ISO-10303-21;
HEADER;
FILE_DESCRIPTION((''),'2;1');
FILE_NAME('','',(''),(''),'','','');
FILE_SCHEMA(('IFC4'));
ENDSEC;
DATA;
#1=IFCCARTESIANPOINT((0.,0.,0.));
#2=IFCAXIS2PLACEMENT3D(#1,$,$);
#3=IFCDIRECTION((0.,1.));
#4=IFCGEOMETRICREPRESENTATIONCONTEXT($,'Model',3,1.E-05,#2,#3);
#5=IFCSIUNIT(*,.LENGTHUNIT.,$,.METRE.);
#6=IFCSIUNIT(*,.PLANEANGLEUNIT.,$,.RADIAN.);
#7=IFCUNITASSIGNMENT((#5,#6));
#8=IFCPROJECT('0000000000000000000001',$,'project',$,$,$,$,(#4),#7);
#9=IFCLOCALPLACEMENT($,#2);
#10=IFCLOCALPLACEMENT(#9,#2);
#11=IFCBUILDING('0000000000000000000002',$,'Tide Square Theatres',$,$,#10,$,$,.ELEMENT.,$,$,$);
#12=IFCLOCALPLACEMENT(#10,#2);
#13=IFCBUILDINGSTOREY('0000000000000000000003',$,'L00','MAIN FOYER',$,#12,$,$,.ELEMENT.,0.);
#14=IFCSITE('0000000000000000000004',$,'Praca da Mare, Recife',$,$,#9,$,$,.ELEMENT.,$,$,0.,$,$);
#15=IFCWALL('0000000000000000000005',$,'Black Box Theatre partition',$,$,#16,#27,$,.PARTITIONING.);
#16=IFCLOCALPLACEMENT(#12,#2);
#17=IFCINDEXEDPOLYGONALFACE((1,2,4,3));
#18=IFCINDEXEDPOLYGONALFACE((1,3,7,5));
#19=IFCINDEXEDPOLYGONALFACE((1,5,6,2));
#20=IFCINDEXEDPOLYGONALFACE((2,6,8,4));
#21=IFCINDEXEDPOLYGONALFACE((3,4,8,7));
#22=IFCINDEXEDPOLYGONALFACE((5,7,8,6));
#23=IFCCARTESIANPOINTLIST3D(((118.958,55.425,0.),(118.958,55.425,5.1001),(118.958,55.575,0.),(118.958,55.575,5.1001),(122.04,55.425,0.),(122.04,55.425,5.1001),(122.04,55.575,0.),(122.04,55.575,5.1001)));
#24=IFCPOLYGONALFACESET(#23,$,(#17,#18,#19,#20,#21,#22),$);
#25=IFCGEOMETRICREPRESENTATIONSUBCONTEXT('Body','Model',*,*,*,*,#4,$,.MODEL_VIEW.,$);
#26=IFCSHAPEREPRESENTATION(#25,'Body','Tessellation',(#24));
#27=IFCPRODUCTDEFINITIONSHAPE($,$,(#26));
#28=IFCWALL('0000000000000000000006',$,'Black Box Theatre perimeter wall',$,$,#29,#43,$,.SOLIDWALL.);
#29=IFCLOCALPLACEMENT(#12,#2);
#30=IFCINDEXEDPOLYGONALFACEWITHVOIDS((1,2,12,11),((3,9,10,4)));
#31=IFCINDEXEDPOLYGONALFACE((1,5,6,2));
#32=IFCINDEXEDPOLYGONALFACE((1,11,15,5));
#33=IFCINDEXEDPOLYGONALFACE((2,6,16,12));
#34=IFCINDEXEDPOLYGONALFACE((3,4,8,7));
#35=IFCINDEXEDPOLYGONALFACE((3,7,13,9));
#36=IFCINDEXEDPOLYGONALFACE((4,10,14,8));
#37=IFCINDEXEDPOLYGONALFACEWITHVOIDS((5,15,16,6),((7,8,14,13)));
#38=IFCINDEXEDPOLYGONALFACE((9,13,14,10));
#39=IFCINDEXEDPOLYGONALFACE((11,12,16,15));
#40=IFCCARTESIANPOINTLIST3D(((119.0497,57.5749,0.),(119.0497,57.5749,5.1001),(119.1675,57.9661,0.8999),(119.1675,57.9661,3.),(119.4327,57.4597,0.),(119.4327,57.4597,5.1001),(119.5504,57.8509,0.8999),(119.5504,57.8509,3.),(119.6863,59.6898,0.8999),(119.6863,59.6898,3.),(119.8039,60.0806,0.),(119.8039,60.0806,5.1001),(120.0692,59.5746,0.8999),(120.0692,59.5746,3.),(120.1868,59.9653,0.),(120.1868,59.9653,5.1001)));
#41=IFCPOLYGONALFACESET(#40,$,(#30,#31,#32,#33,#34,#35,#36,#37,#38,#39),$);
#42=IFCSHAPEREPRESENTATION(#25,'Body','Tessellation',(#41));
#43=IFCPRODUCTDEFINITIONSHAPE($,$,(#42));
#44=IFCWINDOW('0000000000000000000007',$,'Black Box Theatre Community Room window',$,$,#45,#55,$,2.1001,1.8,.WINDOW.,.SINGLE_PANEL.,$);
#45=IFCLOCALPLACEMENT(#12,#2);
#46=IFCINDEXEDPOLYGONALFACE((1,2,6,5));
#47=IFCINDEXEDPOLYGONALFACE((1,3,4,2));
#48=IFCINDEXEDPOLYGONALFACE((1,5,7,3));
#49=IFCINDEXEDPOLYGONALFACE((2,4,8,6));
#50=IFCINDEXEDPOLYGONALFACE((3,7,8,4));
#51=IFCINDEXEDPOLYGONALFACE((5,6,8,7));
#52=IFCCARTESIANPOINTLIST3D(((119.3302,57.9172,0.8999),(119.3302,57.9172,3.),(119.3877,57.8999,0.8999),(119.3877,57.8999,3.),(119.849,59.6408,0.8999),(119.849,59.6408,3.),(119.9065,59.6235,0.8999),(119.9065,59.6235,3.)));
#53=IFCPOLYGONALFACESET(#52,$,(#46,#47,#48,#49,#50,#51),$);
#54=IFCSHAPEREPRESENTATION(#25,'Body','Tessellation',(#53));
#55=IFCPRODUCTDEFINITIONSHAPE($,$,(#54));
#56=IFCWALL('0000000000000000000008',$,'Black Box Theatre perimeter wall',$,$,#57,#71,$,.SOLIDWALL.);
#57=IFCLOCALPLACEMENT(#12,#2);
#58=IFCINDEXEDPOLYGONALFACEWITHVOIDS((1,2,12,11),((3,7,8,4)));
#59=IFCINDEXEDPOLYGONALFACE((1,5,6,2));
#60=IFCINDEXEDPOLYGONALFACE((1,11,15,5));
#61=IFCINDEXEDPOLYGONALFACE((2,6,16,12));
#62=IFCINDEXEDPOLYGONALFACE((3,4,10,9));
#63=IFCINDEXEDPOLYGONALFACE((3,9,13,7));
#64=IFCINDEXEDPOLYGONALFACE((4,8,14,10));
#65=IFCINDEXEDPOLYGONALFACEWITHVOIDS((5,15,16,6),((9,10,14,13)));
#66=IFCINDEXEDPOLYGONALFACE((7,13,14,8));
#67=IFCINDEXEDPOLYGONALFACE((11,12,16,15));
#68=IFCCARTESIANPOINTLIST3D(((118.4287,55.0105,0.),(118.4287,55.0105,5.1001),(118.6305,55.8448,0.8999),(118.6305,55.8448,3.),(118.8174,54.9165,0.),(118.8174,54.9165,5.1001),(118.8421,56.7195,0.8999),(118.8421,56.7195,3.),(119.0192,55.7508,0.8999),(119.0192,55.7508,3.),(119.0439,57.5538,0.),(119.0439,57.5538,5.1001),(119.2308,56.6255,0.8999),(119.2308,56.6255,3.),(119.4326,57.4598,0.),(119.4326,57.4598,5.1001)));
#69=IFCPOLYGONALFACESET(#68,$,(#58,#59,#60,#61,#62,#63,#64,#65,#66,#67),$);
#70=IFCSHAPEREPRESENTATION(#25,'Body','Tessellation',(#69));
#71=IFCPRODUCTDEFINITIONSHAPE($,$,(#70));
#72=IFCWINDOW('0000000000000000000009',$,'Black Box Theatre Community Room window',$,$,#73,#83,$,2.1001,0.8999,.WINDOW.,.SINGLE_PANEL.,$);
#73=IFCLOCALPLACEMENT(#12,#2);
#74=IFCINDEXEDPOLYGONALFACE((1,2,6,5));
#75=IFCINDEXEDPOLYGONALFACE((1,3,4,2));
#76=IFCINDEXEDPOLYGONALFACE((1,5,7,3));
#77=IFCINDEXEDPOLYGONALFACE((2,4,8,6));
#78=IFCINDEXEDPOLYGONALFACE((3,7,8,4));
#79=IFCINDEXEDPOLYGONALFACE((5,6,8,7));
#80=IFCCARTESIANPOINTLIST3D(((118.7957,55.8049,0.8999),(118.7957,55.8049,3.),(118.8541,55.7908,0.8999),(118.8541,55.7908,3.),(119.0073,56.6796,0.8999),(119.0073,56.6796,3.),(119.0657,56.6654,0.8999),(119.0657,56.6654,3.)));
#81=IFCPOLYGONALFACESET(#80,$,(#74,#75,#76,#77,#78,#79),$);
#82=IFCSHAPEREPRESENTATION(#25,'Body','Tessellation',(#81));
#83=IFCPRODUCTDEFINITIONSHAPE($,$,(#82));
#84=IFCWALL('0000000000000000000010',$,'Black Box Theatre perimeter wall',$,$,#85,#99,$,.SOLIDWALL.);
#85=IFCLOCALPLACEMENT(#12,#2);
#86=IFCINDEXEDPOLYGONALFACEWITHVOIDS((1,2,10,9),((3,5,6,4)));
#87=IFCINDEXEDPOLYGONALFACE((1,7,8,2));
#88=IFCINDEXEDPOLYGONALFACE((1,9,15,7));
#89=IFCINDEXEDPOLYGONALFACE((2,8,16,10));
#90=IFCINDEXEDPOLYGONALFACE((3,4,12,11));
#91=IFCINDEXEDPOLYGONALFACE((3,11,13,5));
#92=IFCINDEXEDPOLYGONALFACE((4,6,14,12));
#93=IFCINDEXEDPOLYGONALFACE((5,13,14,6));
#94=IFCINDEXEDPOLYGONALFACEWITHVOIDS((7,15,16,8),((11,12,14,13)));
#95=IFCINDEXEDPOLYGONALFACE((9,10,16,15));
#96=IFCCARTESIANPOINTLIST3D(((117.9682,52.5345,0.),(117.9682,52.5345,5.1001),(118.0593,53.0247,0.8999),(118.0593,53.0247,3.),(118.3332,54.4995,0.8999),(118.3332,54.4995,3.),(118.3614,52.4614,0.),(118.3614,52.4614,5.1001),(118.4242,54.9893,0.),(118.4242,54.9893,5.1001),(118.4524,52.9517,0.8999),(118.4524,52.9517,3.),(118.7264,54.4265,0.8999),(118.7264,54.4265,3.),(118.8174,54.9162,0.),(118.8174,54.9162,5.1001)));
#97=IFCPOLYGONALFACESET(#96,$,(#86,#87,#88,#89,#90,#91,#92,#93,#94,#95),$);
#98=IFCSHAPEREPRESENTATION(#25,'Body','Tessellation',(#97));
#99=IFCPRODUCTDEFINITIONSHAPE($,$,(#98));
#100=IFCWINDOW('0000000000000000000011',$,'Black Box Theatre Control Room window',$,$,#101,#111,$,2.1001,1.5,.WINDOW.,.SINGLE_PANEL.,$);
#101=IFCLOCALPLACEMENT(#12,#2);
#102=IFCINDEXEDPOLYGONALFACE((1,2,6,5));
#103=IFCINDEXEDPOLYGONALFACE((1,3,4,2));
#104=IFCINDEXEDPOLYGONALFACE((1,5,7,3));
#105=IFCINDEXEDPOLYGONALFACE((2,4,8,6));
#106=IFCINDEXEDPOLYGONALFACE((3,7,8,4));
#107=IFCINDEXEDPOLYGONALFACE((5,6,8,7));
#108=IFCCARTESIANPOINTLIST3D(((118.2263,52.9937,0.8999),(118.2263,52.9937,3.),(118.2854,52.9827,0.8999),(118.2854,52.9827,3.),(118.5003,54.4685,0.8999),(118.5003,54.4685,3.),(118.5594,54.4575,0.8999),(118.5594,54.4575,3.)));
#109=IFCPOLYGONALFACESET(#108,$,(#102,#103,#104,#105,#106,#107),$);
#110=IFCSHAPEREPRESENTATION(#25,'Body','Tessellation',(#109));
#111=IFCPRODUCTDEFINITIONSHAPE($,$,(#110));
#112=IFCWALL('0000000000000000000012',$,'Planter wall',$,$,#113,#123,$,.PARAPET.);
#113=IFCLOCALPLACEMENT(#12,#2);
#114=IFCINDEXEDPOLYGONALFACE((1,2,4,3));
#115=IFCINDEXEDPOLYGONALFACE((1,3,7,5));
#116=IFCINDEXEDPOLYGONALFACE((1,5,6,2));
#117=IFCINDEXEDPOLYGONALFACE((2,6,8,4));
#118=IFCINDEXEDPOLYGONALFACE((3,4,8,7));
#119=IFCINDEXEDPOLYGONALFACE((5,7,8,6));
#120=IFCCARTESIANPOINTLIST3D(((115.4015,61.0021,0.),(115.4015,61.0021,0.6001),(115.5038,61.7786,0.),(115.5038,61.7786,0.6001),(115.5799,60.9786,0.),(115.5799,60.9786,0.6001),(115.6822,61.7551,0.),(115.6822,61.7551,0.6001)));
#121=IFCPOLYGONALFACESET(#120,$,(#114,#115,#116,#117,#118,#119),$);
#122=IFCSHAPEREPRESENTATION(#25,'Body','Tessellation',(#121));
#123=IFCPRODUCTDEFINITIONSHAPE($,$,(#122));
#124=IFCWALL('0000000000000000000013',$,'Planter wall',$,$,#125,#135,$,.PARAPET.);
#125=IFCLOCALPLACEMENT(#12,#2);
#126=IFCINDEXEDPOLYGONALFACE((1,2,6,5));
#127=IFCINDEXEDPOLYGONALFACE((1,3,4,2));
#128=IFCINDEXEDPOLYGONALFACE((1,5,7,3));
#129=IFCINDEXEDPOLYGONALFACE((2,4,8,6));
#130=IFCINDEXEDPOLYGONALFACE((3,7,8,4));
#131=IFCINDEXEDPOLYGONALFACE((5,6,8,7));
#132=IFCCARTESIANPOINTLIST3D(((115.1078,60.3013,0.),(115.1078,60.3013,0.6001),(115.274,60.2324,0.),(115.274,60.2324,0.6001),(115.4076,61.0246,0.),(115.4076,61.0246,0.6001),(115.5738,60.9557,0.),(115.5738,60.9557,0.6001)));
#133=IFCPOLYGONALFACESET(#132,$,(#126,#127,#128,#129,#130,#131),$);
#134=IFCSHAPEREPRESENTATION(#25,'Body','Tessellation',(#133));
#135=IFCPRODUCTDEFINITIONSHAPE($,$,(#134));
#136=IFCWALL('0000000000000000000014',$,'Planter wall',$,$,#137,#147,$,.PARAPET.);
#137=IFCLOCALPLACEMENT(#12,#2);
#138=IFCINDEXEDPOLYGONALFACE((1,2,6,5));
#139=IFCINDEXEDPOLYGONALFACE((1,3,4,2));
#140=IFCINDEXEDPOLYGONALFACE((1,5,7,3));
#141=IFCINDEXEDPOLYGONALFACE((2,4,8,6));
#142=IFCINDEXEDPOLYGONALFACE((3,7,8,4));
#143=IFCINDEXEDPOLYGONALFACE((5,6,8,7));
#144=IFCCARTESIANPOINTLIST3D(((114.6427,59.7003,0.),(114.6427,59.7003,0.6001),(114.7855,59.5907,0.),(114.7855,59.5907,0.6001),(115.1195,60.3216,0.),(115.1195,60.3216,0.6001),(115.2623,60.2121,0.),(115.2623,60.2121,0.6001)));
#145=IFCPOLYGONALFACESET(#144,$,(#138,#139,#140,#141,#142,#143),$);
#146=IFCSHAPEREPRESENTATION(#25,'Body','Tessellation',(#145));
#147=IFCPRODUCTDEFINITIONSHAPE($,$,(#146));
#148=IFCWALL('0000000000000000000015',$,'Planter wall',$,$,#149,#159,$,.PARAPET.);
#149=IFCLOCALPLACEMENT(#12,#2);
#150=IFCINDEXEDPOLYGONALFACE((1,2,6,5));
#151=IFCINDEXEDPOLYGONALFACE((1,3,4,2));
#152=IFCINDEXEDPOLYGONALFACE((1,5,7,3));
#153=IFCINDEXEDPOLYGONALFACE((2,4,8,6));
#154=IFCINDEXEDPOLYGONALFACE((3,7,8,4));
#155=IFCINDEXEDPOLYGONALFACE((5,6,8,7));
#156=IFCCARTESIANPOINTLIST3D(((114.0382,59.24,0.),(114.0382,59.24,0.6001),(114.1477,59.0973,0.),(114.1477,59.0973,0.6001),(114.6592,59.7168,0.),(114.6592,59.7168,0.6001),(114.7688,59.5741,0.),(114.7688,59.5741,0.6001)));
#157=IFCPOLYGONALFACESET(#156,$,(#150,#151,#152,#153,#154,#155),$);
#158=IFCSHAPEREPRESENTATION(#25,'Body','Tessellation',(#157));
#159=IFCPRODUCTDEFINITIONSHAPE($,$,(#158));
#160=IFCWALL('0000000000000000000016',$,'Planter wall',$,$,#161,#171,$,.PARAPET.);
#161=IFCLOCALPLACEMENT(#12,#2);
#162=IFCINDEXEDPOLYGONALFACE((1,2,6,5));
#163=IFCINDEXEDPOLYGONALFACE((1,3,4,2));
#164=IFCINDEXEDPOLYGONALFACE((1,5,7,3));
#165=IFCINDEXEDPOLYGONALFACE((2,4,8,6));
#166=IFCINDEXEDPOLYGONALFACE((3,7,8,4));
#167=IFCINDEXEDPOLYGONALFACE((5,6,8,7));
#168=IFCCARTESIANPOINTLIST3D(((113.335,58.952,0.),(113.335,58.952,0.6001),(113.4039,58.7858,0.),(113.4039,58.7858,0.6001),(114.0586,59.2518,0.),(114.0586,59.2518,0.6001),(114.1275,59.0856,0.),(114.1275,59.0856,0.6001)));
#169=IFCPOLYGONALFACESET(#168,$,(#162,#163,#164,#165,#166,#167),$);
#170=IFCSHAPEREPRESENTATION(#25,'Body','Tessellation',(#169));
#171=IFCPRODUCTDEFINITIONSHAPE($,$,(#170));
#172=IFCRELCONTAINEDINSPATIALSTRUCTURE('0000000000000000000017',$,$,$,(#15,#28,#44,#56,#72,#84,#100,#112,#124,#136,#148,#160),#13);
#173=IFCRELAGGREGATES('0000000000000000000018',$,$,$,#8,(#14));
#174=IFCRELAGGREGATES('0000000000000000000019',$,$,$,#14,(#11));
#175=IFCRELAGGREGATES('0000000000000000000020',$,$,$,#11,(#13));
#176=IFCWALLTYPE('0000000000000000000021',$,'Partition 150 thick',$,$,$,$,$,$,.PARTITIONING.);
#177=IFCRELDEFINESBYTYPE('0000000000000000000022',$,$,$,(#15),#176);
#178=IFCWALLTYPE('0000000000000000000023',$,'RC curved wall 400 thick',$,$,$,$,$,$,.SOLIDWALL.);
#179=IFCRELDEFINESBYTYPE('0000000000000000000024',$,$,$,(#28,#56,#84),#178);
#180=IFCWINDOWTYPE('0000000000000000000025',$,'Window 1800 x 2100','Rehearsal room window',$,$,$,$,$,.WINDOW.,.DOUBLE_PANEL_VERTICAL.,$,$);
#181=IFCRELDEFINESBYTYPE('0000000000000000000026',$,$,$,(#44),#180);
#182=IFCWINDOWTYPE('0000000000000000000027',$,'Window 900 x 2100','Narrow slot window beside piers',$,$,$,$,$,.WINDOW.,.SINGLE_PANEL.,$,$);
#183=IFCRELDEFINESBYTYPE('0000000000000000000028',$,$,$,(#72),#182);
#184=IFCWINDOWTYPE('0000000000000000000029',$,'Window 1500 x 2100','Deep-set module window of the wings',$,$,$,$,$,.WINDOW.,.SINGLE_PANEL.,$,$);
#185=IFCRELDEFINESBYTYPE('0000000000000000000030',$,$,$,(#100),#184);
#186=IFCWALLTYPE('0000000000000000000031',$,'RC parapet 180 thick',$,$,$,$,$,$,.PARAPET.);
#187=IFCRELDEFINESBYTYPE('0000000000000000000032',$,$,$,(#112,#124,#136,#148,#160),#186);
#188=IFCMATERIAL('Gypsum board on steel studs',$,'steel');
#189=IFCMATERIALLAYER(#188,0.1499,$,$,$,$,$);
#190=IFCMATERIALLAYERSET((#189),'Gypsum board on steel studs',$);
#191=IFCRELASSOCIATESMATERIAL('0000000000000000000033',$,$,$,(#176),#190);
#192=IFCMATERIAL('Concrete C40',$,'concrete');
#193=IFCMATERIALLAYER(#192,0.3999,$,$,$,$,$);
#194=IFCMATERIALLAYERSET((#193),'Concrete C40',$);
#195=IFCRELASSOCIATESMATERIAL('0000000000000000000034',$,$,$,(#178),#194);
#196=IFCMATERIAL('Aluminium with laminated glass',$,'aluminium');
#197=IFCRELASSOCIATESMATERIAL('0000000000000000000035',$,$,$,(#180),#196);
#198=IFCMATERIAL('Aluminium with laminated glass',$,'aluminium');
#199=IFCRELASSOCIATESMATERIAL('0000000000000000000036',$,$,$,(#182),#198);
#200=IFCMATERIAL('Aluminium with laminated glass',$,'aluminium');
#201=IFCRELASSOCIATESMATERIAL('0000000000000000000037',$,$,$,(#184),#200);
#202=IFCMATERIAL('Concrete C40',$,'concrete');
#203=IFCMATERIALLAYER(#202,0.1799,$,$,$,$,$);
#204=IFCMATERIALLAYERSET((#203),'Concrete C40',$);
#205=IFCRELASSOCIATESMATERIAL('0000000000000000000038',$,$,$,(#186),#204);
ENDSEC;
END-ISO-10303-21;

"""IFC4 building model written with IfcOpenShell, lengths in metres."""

from ifc_helpers import new_model, si_unit, direction, frame, frame_2d, origin, place, context, subcontext, project, spatial, rectangle, extrude, material, layer, layer_set, type_object, element, fill, save


model = new_model("IFC4")

# Units and contexts
model_context = context("Model", 3, precision=1e-05, world=origin(), true_north=direction((0.0, 1.0)))
body_context = subcontext(model_context, "Body", "Model", "MODEL_VIEW")
ifc_project = project(units=[si_unit("LENGTHUNIT", "METRE"), si_unit("PLANEANGLEUNIT", "RADIAN")], contexts=[model_context])

# Site, building, storey
site_placement = place(None, origin())
site = spatial("IfcSite", under=ifc_project, at=site_placement, Name="Praca da Mare, Recife", CompositionType="ELEMENT", RefElevation=0.0)
building_placement = place(site_placement, origin())
building = spatial("IfcBuilding", under=site, at=building_placement, Name="Tide Square Theatres", CompositionType="ELEMENT")
storey_placement = place(building_placement, origin())
storey = spatial("IfcBuildingStorey", under=building, at=storey_placement, Name="L00", Description="MAIN FOYER", CompositionType="ELEMENT", Elevation=0.0)

# Shared definitions
ifc_material_1 = material(Name="Gypsum board on steel studs", Category="steel")
ifc_layer_1 = layer(ifc_material_1, 0.1499)
ifc_layer_set_1 = layer_set([ifc_layer_1], Name="Gypsum board on steel studs")
wall_type_1 = type_object("IfcWallType", Name="Partition 150 thick", PredefinedType="PARTITIONING", material=ifc_layer_set_1)

# Wall
wall_1_placement = place(storey_placement, frame((118.958, 55.5, 0.0), z_axis=(0.0, 0.0, 1.0), x_axis=(1.0, 0.0, 0.0)))
element("IfcWall", 1, at=wall_1_placement, inside=storey, type_object=wall_type_1, Name="Black Box Theatre partition", PredefinedType="PARTITIONING", context=body_context, shape_type="SweptSolid", body=[
    extrude(rectangle(XDim=3.082, YDim=0.1499, at=frame_2d((1.541, 0.0))), origin(), (0.0, 0.0, 1.0), 5.1001),
])

# Walls, openings, windows
ifc_material_2 = material(Name="Concrete C40", Category="concrete")
ifc_layer_2 = layer(ifc_material_2, 0.3999)
ifc_layer_set_2 = layer_set([ifc_layer_2], Name="Concrete C40")
wall_type_2 = type_object("IfcWallType", Name="RC curved wall 400 thick", PredefinedType="SOLIDWALL", material=ifc_layer_set_2)
wall_2_placement = place(storey_placement, frame((119.9954, 60.0229, 0.0), z_axis=(0.0, 0.0, 1.0), x_axis=(-0.288212, -0.957567, 0.0)))
wall_2 = element("IfcWall", 2, at=wall_2_placement, inside=storey, type_object=wall_type_2, Name="Black Box Theatre perimeter wall", PredefinedType="SOLIDWALL", context=body_context, shape_type="SweptSolid", body=[
    extrude(rectangle(XDim=2.6167, YDim=0.3999, at=frame_2d((1.3083, 0.0))), origin(), (0.0, 0.0, 1.0), 5.1001),
])
opening_1_placement = place(wall_2_placement, frame((0.4082, 0.0, 0.8999)))
opening_1 = element("IfcOpeningElement", 3, at=opening_1_placement, cuts=wall_2, PredefinedType="OPENING", context=body_context, shape_type="SweptSolid", body=[
    extrude(rectangle(XDim=1.8, YDim=2.1001, at=frame_2d((0.8999, 1.05))), frame((0.0, 0.21, 0.0), z_axis=(0.0, -1.0, 0.0), x_axis=(1.0, 0.0, 0.0)), (0.0, 0.0, 1.0), 0.4199),
])
ifc_material_3 = material(Name="Aluminium with laminated glass", Category="aluminium")
window_type_1 = type_object("IfcWindowType", Name="Window 1800 x 2100", Description="Rehearsal room window", PartitioningType="DOUBLE_PANEL_VERTICAL", PredefinedType="WINDOW", material=ifc_material_3)
window_1_placement = place(opening_1_placement, origin())
window_1 = element("IfcWindow", 4, at=window_1_placement, inside=storey, type_object=window_type_1, Name="Black Box Theatre Community Room window", OverallHeight=2.1001, OverallWidth=1.8, PartitioningType="SINGLE_PANEL", PredefinedType="WINDOW", context=body_context, shape_type="SweptSolid", body=[
    extrude(rectangle(XDim=1.8, YDim=2.1001, at=frame_2d((0.8999, 1.05))), frame((0.0, 0.03, 0.0), z_axis=(0.0, -1.0, 0.0), x_axis=(1.0, 0.0, 0.0)), (0.0, 0.0, 1.0), 0.0601),
])
fill(opening_1, window_1)
wall_3_placement = place(storey_placement, frame((119.2383, 57.5068, 0.0), z_axis=(0.0, 0.0, 1.0), x_axis=(-0.235109, -0.971969, 0.0)))
wall_3 = element("IfcWall", 5, at=wall_3_placement, inside=storey, type_object=wall_type_2, Name="Black Box Theatre perimeter wall", PredefinedType="SOLIDWALL", context=body_context, shape_type="SweptSolid", body=[
    extrude(rectangle(XDim=2.6167, YDim=0.3999, at=frame_2d((1.3083, 0.0))), origin(), (0.0, 0.0, 1.0), 5.1001),
])
opening_2_placement = place(wall_3_placement, frame((0.8584, 0.0, 0.8999)))
opening_2 = element("IfcOpeningElement", 6, at=opening_2_placement, cuts=wall_3, PredefinedType="OPENING", context=body_context, shape_type="SweptSolid", body=[
    extrude(rectangle(XDim=0.8999, YDim=2.1001, at=frame_2d((0.45, 1.05))), frame((0.0, 0.21, 0.0), z_axis=(0.0, -1.0, 0.0), x_axis=(1.0, 0.0, 0.0)), (0.0, 0.0, 1.0), 0.4199),
])
ifc_material_4 = material(Name="Aluminium with laminated glass", Category="aluminium")
window_type_2 = type_object("IfcWindowType", Name="Window 900 x 2100", Description="Narrow slot window beside piers", PartitioningType="SINGLE_PANEL", PredefinedType="WINDOW", material=ifc_material_4)
window_2_placement = place(opening_2_placement, origin())
window_2 = element("IfcWindow", 7, at=window_2_placement, inside=storey, type_object=window_type_2, Name="Black Box Theatre Community Room window", OverallHeight=2.1001, OverallWidth=0.8999, PartitioningType="SINGLE_PANEL", PredefinedType="WINDOW", context=body_context, shape_type="SweptSolid", body=[
    extrude(rectangle(XDim=0.8999, YDim=2.1001, at=frame_2d((0.45, 1.05))), frame((0.0, 0.03, 0.0), z_axis=(0.0, -1.0, 0.0), x_axis=(1.0, 0.0, 0.0)), (0.0, 0.0, 1.0), 0.0601),
])
fill(opening_2, window_2)
wall_4_placement = place(storey_placement, frame((118.6208, 54.9529, 0.0), z_axis=(0.0, 0.0, 1.0), x_axis=(-0.182653, -0.983177, 0.0)))
wall_4 = element("IfcWall", 8, at=wall_4_placement, inside=storey, type_object=wall_type_2, Name="Black Box Theatre perimeter wall", PredefinedType="SOLIDWALL", context=body_context, shape_type="SweptSolid", body=[
    extrude(rectangle(XDim=2.4968, YDim=0.3999, at=frame_2d((1.2485, 0.0))), origin(), (0.0, 0.0, 1.0), 5.1001),
])
opening_3_placement = place(wall_4_placement, frame((0.4983, 0.0, 0.8999)))
opening_3 = element("IfcOpeningElement", 9, at=opening_3_placement, cuts=wall_4, PredefinedType="OPENING", context=body_context, shape_type="SweptSolid", body=[
    extrude(rectangle(XDim=1.5, YDim=2.1001, at=frame_2d((0.75, 1.05))), frame((0.0, 0.21, 0.0), z_axis=(0.0, -1.0, 0.0), x_axis=(1.0, 0.0, 0.0)), (0.0, 0.0, 1.0), 0.4199),
])
ifc_material_5 = material(Name="Aluminium with laminated glass", Category="aluminium")
window_type_3 = type_object("IfcWindowType", Name="Window 1500 x 2100", Description="Deep-set module window of the wings", PartitioningType="SINGLE_PANEL", PredefinedType="WINDOW", material=ifc_material_5)
window_3_placement = place(opening_3_placement, origin())
window_3 = element("IfcWindow", 10, at=window_3_placement, inside=storey, type_object=window_type_3, Name="Black Box Theatre Control Room window", OverallHeight=2.1001, OverallWidth=1.5, PartitioningType="SINGLE_PANEL", PredefinedType="WINDOW", context=body_context, shape_type="SweptSolid", body=[
    extrude(rectangle(XDim=1.5, YDim=2.1001, at=frame_2d((0.75, 1.05))), frame((0.0, 0.03, 0.0), z_axis=(0.0, -1.0, 0.0), x_axis=(1.0, 0.0, 0.0)), (0.0, 0.0, 1.0), 0.0601),
])
fill(opening_3, window_3)

# Walls
ifc_material_6 = material(Name="Concrete C40", Category="concrete")
ifc_layer_3 = layer(ifc_material_6, 0.1799)
ifc_layer_set_3 = layer_set([ifc_layer_3], Name="Concrete C40")
wall_type_3 = type_object("IfcWallType", Name="RC parapet 180 thick", PredefinedType="PARAPET", material=ifc_layer_set_3)
wall_5_placement = place(storey_placement, frame((115.593, 61.7668, 0.0), z_axis=(0.0, 0.0, 1.0), x_axis=(-0.130592, -0.991436, 0.0)))
element("IfcWall", 11, at=wall_5_placement, inside=storey, type_object=wall_type_3, Name="Planter wall", PredefinedType="PARAPET", context=body_context, shape_type="SweptSolid", body=[
    extrude(rectangle(XDim=0.7832, YDim=0.1799, at=frame_2d((0.3916, 0.0))), origin(), (0.0, 0.0, 1.0), 0.6001),
])
wall_6_placement = place(storey_placement, frame((115.4907, 60.9902, 0.0), z_axis=(0.0, 0.0, 1.0), x_axis=(-0.382866, -0.923804, 0.0)))
element("IfcWall", 12, at=wall_6_placement, inside=storey, type_object=wall_type_3, Name="Planter wall", PredefinedType="PARAPET", context=body_context, shape_type="SweptSolid", body=[
    extrude(rectangle(XDim=0.783, YDim=0.1799, at=frame_2d((0.3916, 0.0))), origin(), (0.0, 0.0, 1.0), 0.6001),
])
wall_7_placement = place(storey_placement, frame((115.1909, 60.2668, 0.0), z_axis=(0.0, 0.0, 1.0), x_axis=(-0.608791, -0.79333, 0.0)))
element("IfcWall", 13, at=wall_7_placement, inside=storey, type_object=wall_type_3, Name="Planter wall", PredefinedType="PARAPET", context=body_context, shape_type="SweptSolid", body=[
    extrude(rectangle(XDim=0.7832, YDim=0.1799, at=frame_2d((0.3916, 0.0))), origin(), (0.0, 0.0, 1.0), 0.6001),
])
wall_8_placement = place(storey_placement, frame((114.7141, 59.6455, 0.0), z_axis=(0.0, 0.0, 1.0), x_axis=(-0.793215, -0.608942, 0.0)))
element("IfcWall", 14, at=wall_8_placement, inside=storey, type_object=wall_type_3, Name="Planter wall", PredefinedType="PARAPET", context=body_context, shape_type="SweptSolid", body=[
    extrude(rectangle(XDim=0.783, YDim=0.1799, at=frame_2d((0.3916, 0.0))), origin(), (0.0, 0.0, 1.0), 0.6001),
])
wall_9_placement = place(storey_placement, frame((114.093, 59.1687, 0.0), z_axis=(0.0, 0.0, 1.0), x_axis=(-0.92385, -0.382756, 0.0)))
element("IfcWall", 15, at=wall_9_placement, inside=storey, type_object=wall_type_3, Name="Planter wall", PredefinedType="PARAPET", context=body_context, shape_type="SweptSolid", body=[
    extrude(rectangle(XDim=0.7832, YDim=0.1799, at=frame_2d((0.3916, 0.0))), origin(), (0.0, 0.0, 1.0), 0.6001),
])

save(model, "model.ifc")
